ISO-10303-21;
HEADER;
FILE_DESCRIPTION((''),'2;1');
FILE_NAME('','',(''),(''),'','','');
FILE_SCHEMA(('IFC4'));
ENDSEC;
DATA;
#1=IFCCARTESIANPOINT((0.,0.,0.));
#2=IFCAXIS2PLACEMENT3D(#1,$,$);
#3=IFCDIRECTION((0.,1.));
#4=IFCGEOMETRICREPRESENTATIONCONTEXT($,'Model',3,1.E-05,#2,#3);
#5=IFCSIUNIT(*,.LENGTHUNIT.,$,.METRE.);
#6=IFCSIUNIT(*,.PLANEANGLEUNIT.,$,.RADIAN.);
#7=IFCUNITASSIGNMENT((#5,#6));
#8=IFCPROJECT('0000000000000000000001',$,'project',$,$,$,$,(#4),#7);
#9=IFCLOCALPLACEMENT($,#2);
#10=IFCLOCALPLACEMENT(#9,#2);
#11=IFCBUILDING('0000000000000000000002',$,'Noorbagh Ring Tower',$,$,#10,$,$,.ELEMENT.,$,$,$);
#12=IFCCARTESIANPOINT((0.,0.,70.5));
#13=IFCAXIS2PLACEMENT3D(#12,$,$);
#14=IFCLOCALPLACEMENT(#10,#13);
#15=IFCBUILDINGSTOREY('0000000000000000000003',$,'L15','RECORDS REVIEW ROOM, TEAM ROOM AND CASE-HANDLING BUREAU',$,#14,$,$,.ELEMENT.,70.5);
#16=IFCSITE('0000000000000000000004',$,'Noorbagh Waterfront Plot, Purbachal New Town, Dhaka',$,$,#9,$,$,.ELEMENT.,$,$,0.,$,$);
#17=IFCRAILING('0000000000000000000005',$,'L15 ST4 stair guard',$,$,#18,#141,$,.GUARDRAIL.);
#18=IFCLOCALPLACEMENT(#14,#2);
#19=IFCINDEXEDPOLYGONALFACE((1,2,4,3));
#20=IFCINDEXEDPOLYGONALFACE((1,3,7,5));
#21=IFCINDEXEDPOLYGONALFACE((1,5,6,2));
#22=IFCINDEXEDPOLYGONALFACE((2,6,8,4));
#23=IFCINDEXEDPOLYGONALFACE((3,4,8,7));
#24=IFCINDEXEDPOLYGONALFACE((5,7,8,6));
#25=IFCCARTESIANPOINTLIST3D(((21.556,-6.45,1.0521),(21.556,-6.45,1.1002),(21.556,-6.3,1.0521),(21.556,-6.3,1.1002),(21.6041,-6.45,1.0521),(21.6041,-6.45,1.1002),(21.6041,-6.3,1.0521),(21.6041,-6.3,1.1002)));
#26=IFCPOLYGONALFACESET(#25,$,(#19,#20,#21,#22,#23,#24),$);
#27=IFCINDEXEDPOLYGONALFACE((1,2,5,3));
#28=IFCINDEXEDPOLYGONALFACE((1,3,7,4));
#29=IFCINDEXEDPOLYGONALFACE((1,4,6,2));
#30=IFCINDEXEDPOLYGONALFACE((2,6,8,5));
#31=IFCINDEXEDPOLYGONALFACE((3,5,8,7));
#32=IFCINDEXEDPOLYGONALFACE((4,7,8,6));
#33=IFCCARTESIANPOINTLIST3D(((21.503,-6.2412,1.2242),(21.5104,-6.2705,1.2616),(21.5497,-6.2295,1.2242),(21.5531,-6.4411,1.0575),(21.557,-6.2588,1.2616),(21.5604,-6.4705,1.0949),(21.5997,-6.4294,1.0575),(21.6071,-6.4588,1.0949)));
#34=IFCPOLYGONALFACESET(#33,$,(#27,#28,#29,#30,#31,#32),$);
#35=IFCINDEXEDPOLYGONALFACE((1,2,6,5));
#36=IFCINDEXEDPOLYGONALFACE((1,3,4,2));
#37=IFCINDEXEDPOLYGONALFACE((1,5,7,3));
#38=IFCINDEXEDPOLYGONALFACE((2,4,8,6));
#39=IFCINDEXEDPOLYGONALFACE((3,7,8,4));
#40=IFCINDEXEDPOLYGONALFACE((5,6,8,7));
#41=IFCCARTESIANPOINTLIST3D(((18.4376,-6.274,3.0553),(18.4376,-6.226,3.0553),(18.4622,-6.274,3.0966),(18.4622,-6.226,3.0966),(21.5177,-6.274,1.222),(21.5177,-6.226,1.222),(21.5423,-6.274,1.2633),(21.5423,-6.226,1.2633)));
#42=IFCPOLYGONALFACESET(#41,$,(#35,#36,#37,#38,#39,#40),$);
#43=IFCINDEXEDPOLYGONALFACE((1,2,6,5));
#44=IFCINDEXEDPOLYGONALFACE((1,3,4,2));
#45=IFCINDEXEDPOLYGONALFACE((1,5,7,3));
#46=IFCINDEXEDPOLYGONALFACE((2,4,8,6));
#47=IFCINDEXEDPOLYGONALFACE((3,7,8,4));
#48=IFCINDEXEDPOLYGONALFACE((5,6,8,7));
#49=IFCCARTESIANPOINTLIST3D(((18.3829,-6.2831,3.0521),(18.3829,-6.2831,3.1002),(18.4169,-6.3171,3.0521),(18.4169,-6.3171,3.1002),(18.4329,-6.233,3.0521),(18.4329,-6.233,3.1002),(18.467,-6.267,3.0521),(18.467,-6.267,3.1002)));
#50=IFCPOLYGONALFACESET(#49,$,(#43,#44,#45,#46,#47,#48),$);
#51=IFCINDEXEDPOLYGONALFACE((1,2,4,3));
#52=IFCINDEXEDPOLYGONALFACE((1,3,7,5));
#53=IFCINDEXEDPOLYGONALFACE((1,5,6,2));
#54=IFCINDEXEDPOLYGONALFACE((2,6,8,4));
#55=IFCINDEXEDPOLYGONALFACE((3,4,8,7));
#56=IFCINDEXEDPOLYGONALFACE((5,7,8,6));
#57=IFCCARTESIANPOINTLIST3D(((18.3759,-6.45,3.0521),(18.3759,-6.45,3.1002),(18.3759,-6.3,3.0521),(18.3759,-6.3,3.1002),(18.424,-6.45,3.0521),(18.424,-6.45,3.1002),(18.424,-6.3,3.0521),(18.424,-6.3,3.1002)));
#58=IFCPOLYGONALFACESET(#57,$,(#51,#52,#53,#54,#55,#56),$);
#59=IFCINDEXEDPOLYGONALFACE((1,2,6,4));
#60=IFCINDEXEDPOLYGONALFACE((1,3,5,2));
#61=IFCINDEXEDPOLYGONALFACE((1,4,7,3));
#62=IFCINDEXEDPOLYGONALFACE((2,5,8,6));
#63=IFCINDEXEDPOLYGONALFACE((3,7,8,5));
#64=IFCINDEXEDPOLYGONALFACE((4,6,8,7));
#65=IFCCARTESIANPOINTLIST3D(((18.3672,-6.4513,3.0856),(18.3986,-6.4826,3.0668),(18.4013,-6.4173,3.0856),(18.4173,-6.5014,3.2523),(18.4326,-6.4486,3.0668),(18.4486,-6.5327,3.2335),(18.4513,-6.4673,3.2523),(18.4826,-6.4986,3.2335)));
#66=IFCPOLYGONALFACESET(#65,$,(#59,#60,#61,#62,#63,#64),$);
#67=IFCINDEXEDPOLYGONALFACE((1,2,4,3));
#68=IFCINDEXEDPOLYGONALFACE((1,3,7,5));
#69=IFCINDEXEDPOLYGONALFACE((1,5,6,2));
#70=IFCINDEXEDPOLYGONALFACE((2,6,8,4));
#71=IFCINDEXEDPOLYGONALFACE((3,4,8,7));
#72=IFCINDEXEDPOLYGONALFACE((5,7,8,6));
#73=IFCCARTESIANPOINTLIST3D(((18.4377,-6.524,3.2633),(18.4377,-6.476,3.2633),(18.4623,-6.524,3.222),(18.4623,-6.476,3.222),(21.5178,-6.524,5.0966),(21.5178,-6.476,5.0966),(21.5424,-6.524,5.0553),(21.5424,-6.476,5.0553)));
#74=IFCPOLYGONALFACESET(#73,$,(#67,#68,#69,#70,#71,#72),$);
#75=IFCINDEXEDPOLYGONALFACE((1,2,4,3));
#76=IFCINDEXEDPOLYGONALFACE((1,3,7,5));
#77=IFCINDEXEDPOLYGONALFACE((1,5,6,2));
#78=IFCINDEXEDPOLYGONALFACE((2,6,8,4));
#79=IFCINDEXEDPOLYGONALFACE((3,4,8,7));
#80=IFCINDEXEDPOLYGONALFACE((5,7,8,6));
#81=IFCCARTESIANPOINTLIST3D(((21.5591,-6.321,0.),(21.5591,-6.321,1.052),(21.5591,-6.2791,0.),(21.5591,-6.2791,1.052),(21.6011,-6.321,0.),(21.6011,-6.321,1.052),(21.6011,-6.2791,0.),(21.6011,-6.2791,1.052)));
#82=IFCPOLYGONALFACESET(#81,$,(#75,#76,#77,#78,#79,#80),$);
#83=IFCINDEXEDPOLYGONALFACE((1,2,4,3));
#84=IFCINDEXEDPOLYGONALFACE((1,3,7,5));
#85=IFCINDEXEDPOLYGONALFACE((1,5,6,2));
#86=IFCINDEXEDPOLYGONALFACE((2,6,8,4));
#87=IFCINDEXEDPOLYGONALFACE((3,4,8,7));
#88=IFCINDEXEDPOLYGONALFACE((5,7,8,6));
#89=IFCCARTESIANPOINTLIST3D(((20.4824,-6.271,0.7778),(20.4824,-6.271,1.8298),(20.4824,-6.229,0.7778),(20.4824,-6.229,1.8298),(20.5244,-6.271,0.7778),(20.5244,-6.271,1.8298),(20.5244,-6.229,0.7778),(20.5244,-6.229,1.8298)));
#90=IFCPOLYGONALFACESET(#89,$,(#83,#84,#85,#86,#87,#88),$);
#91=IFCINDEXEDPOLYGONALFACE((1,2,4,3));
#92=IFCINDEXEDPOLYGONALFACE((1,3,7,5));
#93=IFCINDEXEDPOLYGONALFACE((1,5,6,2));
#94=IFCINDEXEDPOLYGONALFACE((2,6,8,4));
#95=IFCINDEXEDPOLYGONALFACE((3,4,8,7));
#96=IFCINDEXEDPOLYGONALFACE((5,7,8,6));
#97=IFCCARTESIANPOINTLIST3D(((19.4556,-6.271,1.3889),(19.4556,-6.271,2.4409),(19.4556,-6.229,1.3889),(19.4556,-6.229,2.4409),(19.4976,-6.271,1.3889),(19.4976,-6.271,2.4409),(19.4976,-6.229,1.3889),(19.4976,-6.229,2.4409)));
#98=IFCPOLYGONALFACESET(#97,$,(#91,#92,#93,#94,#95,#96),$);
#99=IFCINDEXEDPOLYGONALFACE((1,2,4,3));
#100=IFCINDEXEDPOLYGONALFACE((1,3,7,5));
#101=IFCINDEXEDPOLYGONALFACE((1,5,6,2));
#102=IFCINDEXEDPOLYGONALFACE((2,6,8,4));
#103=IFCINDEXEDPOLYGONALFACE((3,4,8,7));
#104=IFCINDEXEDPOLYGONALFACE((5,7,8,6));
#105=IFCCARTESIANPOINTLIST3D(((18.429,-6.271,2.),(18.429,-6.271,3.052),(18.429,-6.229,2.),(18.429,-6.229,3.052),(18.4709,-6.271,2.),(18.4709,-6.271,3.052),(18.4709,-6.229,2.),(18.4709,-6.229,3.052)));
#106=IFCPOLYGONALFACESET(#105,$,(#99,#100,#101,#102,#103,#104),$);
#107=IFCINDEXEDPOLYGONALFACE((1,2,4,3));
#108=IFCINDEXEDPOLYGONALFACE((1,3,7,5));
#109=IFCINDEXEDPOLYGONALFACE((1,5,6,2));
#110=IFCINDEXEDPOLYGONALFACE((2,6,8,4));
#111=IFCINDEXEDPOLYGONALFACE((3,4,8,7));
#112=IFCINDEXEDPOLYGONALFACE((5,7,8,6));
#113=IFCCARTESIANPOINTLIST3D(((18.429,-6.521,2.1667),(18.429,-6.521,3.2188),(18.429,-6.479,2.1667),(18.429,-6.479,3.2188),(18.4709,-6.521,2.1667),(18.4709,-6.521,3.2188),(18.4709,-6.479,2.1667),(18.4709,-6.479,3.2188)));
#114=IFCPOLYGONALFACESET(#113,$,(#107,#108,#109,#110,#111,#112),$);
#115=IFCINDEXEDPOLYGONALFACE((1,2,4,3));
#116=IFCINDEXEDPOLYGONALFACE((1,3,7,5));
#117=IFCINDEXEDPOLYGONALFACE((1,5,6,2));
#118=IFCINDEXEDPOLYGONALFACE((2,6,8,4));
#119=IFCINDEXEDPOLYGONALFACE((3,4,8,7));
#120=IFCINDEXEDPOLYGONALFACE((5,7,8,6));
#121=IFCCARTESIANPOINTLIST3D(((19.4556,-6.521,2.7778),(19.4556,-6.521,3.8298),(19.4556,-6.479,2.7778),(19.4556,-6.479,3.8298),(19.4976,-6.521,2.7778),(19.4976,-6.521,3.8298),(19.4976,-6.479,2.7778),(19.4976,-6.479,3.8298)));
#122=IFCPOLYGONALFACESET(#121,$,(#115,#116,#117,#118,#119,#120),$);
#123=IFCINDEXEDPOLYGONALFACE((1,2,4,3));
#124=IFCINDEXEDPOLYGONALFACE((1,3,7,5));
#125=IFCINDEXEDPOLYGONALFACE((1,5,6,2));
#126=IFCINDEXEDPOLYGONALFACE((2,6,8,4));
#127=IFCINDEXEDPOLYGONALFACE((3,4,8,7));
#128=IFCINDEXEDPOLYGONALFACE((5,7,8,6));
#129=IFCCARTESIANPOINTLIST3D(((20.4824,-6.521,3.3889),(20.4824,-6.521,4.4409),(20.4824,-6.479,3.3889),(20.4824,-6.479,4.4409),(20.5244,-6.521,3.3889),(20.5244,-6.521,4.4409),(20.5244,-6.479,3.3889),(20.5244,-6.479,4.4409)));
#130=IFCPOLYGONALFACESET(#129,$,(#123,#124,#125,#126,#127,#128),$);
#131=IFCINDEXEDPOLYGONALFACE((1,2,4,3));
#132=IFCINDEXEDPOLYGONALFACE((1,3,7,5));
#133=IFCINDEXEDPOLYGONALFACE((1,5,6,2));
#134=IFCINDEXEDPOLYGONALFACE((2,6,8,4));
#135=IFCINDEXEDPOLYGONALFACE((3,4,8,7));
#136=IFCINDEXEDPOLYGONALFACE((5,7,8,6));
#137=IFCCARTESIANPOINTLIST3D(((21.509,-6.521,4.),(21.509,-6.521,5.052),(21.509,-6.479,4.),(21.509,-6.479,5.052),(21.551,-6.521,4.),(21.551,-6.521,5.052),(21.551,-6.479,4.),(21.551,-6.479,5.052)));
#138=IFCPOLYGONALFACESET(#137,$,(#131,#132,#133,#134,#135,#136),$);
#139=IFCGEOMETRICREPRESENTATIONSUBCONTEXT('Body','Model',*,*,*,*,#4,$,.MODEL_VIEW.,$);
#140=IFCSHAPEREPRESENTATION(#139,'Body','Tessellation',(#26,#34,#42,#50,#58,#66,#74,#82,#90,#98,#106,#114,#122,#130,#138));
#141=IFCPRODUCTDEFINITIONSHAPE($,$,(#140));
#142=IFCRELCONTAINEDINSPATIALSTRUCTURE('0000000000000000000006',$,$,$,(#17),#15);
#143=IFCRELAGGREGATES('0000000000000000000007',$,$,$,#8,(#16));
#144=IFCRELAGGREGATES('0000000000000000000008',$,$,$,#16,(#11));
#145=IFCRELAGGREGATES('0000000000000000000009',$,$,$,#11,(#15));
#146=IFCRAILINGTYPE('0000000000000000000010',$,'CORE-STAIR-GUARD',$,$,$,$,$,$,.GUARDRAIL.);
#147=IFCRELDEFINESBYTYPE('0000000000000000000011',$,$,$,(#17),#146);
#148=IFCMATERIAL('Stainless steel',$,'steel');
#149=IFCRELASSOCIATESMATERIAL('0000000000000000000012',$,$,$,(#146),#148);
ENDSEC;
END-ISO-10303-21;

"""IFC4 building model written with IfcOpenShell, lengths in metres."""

from ifc_helpers import new_model, si_unit, direction, frame, origin, origin_2d, place, context, subcontext, project, spatial, rectangle, extrude, material, type_object, element, save


model = new_model("IFC4")

# Units and contexts
model_context = context("Model", 3, precision=1e-05, world=origin(), true_north=direction((0.0, 1.0)))
body_context = subcontext(model_context, "Body", "Model", "MODEL_VIEW")
ifc_project = project(units=[si_unit("LENGTHUNIT", "METRE"), si_unit("PLANEANGLEUNIT", "RADIAN")], contexts=[model_context])

# Site, building, storey
site_placement = place(None, origin())
site = spatial("IfcSite", under=ifc_project, at=site_placement, Name="Noorbagh Waterfront Plot, Purbachal New Town, Dhaka", CompositionType="ELEMENT", RefElevation=0.0)
building_placement = place(site_placement, origin())
building = spatial("IfcBuilding", under=site, at=building_placement, Name="Noorbagh Ring Tower", CompositionType="ELEMENT")
storey_placement = place(building_placement, frame((0.0, 0.0, 70.5)))
storey = spatial("IfcBuildingStorey", under=building, at=storey_placement, Name="L15", Description="RECORDS REVIEW ROOM, TEAM ROOM AND CASE-HANDLING BUREAU", CompositionType="ELEMENT", Elevation=70.5)

# Railing
ifc_material_1 = material(Name="Stainless steel", Category="steel")
railing_type_1 = type_object("IfcRailingType", Name="CORE-STAIR-GUARD", PredefinedType="GUARDRAIL", material=ifc_material_1)
railing_1_placement = place(storey_placement, frame((21.5801, -6.3, 0.0)))
element("IfcRailing", 1, at=railing_1_placement, inside=storey, type_object=railing_type_1, Name="L15 ST4 stair guard", PredefinedType="GUARDRAIL", context=body_context, shape_type="SweptSolid", body=[
    extrude(rectangle(XDim=0.0481, YDim=0.0481, at=origin_2d()), frame((0.0, 0.0, 1.0762), z_axis=(0.0, -1.0, 0.0), x_axis=(1.0, 0.0, 0.0)), (0.0, 0.0, 1.0), 0.1499),
    extrude(rectangle(XDim=0.0481, YDim=0.0481, at=origin_2d()), frame((0.0, -0.1499, 1.0762), z_axis=(-0.188776, 0.754182, 0.628946), x_axis=(-0.970073, -0.242814, 0.0)), (0.0, 0.0, 1.0), 0.2651),
    extrude(rectangle(XDim=0.0481, YDim=0.0481, at=origin_2d()), frame((-0.05, 0.05, 1.2427), z_axis=(-0.859309, 0.0, 0.511458), x_axis=(0.0, -1.0, 0.0)), (0.0, 0.0, 1.0), 3.5845),
    extrude(rectangle(XDim=0.0481, YDim=0.0481, at=origin_2d()), frame((-3.1301, 0.05, 3.0762), z_axis=(-0.707107, -0.707107, 0.0), x_axis=(0.707107, -0.707107, 0.0)), (0.0, 0.0, 1.0), 0.0708),
    extrude(rectangle(XDim=0.0481, YDim=0.0481, at=origin_2d()), frame((-3.1802, 0.0, 3.0762), z_axis=(0.0, -1.0, 0.0), x_axis=(1.0, 0.0, 0.0)), (0.0, 0.0, 1.0), 0.1499),
    extrude(rectangle(XDim=0.0481, YDim=0.0481, at=origin_2d()), frame((-3.1802, -0.1499, 3.0762), z_axis=(0.276287, -0.276287, 0.920506), x_axis=(0.707107, 0.707107, 0.0)), (0.0, 0.0, 1.0), 0.1812),
    extrude(rectangle(XDim=0.0481, YDim=0.0481, at=origin_2d()), frame((-3.1301, -0.2, 3.2427), z_axis=(0.859309, 0.0, 0.511458), x_axis=(0.0, 1.0, 0.0)), (0.0, 0.0, 1.0), 3.5845),
    extrude(rectangle(XDim=0.042, YDim=0.042, at=origin_2d()), origin(), (0.0, 0.0, 1.0), 1.052),
    extrude(rectangle(XDim=0.042, YDim=0.042, at=origin_2d()), frame((-1.0767, 0.05, 0.7778)), (0.0, 0.0, 1.0), 1.052),
    extrude(rectangle(XDim=0.042, YDim=0.042, at=origin_2d()), frame((-2.1035, 0.05, 1.3889)), (0.0, 0.0, 1.0), 1.052),
    extrude(rectangle(XDim=0.042, YDim=0.042, at=origin_2d()), frame((-3.1301, 0.05, 2.0)), (0.0, 0.0, 1.0), 1.052),
    extrude(rectangle(XDim=0.042, YDim=0.042, at=origin_2d()), frame((-3.1301, -0.2, 2.1667)), (0.0, 0.0, 1.0), 1.052),
    extrude(rectangle(XDim=0.042, YDim=0.042, at=origin_2d()), frame((-2.1035, -0.2, 2.7778)), (0.0, 0.0, 1.0), 1.052),
    extrude(rectangle(XDim=0.042, YDim=0.042, at=origin_2d()), frame((-1.0767, -0.2, 3.3889)), (0.0, 0.0, 1.0), 1.052),
    extrude(rectangle(XDim=0.042, YDim=0.042, at=origin_2d()), frame((-0.05, -0.2, 4.0)), (0.0, 0.0, 1.0), 1.052),
])

save(model, "model.ifc")
